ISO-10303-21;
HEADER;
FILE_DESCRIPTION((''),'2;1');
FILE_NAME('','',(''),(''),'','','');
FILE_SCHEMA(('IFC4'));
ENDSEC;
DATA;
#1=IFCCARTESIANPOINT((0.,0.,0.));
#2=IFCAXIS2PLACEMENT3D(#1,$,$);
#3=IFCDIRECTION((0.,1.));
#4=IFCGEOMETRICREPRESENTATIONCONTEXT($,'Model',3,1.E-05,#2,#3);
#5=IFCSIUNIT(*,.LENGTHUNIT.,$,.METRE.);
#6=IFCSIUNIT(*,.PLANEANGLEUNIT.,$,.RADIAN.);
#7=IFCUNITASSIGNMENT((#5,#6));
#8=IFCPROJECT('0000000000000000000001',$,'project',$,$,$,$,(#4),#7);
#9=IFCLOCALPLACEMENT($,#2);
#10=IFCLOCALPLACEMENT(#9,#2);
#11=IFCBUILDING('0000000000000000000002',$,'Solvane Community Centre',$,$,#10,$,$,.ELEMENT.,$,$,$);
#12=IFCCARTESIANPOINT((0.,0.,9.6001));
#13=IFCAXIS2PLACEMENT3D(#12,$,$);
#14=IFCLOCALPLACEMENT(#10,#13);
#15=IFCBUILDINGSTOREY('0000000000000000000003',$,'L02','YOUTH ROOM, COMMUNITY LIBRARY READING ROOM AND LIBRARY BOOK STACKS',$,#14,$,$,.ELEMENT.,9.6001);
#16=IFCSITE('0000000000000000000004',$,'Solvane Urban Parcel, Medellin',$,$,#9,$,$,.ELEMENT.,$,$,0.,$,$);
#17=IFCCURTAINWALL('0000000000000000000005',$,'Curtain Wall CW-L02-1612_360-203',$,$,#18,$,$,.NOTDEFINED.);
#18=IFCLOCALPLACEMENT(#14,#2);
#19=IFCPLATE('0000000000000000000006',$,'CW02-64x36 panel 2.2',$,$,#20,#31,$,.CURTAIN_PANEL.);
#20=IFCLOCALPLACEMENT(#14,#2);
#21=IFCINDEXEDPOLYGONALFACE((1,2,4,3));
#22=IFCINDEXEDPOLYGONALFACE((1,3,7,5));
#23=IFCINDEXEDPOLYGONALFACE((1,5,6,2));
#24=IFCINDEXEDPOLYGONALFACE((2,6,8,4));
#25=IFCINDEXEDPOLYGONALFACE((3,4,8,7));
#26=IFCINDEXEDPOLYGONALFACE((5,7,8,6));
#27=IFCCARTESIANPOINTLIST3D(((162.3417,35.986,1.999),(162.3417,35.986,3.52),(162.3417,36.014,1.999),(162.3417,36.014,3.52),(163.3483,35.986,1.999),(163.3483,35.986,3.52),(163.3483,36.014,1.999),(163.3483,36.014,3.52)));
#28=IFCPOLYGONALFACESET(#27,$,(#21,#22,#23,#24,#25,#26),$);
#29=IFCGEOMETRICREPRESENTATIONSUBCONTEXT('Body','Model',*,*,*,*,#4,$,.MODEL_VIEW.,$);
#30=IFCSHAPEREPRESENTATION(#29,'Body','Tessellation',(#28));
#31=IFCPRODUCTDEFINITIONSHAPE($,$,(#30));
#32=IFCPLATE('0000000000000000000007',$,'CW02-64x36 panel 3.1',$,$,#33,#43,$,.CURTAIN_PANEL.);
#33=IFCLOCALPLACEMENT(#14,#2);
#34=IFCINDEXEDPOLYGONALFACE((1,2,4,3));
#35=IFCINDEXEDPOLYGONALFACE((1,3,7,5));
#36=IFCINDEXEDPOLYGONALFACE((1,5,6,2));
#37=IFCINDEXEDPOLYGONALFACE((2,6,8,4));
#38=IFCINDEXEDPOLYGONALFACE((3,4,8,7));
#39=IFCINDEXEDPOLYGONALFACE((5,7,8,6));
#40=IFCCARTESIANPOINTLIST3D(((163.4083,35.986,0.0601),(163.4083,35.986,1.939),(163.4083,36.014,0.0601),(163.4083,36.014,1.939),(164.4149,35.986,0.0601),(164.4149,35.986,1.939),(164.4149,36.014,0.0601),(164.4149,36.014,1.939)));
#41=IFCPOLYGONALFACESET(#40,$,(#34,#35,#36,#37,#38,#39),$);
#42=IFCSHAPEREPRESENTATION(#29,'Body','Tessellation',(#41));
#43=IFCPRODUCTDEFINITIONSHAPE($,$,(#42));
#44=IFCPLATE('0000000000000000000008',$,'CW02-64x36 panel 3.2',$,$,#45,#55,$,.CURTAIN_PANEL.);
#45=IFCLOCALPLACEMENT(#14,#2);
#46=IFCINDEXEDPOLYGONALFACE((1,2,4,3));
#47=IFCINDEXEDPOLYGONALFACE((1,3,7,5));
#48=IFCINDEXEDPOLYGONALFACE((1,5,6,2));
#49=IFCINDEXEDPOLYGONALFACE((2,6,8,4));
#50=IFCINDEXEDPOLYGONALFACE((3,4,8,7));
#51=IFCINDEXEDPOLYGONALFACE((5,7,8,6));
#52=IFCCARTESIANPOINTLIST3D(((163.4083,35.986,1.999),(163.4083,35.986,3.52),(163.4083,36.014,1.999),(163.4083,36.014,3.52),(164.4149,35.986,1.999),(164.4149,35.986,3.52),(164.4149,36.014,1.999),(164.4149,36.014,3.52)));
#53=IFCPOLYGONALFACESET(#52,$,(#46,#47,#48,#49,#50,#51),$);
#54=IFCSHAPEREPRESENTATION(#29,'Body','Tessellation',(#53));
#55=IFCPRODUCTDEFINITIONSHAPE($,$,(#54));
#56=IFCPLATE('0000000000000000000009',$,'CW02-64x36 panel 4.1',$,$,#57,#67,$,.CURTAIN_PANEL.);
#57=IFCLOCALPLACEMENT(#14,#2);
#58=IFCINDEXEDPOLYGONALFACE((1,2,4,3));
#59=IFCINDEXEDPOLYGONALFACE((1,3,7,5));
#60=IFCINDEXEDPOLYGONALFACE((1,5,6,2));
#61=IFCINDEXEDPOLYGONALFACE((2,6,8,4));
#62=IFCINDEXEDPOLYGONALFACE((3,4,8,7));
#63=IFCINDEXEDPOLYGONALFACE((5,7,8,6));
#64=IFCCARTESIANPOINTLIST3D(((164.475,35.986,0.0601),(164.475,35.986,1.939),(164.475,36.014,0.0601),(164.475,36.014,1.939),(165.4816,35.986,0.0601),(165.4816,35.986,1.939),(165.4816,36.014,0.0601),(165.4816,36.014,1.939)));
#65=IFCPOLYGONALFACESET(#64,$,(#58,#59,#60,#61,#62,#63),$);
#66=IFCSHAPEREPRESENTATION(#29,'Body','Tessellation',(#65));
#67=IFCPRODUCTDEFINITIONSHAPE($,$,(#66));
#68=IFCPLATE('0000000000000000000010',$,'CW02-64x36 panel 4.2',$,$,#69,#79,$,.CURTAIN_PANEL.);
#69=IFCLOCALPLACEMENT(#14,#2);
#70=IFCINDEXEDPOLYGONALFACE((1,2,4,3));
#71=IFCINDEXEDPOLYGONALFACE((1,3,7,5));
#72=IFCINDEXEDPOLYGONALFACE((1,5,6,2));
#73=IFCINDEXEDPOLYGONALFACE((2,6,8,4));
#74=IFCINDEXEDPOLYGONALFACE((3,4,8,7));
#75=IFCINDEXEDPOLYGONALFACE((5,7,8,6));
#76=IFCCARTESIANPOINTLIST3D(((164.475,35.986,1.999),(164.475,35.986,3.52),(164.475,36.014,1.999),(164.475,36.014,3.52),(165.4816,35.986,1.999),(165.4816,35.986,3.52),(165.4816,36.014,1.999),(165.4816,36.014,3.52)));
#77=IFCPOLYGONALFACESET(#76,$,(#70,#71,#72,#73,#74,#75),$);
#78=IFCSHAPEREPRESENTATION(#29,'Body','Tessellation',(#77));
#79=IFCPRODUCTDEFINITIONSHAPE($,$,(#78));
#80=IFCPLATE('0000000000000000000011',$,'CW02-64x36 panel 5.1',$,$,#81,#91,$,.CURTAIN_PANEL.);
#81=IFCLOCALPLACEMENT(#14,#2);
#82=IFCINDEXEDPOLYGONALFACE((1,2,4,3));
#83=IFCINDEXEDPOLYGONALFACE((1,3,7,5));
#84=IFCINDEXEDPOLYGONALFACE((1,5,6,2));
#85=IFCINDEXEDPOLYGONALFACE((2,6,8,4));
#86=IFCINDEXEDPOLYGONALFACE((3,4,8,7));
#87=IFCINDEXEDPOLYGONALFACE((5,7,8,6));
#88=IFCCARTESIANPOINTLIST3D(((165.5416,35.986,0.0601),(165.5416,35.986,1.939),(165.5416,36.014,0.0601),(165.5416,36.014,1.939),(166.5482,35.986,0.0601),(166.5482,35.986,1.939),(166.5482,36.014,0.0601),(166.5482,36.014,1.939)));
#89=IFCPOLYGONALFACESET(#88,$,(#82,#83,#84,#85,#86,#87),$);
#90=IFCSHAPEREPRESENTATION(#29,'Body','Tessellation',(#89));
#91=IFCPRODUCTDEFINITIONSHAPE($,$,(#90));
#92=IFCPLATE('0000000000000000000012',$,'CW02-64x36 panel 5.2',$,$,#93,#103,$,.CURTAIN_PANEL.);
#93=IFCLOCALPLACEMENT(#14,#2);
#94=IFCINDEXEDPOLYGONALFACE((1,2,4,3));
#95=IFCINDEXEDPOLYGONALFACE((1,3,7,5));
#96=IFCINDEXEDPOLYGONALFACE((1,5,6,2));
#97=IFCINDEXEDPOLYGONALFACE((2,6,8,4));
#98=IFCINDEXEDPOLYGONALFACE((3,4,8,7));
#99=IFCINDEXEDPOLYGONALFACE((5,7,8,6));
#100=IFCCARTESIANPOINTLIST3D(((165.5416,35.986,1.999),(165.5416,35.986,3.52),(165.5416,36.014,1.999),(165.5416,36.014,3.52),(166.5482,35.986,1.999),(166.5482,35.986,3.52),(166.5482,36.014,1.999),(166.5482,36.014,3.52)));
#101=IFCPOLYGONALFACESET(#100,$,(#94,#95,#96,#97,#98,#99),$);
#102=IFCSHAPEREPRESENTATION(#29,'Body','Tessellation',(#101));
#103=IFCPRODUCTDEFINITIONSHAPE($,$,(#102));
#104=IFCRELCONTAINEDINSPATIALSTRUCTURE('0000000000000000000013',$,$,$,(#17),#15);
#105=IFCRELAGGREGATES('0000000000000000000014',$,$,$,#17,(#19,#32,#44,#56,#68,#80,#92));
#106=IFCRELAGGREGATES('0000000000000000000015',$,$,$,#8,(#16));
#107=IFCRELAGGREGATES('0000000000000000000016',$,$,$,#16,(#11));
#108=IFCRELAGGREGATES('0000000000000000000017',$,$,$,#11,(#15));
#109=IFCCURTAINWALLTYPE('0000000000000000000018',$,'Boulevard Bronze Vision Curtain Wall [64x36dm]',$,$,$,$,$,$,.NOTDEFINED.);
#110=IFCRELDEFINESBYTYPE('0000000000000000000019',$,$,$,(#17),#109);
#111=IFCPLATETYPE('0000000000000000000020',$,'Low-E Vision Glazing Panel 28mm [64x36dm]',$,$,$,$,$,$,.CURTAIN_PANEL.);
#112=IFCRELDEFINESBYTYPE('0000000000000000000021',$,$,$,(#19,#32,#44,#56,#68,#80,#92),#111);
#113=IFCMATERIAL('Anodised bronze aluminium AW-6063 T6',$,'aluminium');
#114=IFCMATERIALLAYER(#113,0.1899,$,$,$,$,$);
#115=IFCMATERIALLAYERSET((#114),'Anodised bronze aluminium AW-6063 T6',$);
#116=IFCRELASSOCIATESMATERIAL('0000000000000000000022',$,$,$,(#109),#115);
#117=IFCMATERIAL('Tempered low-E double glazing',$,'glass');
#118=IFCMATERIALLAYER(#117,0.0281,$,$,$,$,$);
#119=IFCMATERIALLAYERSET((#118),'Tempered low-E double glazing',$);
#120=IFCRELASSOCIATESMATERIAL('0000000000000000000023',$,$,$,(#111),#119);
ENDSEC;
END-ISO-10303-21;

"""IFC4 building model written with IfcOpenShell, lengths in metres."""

from ifc_helpers import new_model, si_unit, direction, frame, origin, origin_2d, place, context, subcontext, project, spatial, rectangle, extrude, material, layer, layer_set, type_object, element, aggregate, save


model = new_model("IFC4")

# Units and contexts
model_context = context("Model", 3, precision=1e-05, world=origin(), true_north=direction((0.0, 1.0)))
body_context = subcontext(model_context, "Body", "Model", "MODEL_VIEW")
ifc_project = project(units=[si_unit("LENGTHUNIT", "METRE"), si_unit("PLANEANGLEUNIT", "RADIAN")], contexts=[model_context])

# Site, building, storey
site_placement = place(None, origin())
site = spatial("IfcSite", under=ifc_project, at=site_placement, Name="Solvane Urban Parcel, Medellin", CompositionType="ELEMENT", RefElevation=0.0)
building_placement = place(site_placement, origin())
building = spatial("IfcBuilding", under=site, at=building_placement, Name="Solvane Community Centre", CompositionType="ELEMENT")
storey_placement = place(building_placement, frame((0.0, 0.0, 9.6001)))
storey = spatial("IfcBuildingStorey", under=building, at=storey_placement, Name="L02", Description="YOUTH ROOM, COMMUNITY LIBRARY READING ROOM AND LIBRARY BOOK STACKS", CompositionType="ELEMENT", Elevation=9.6001)

# Curtain wall, plates
ifc_material_1 = material(Name="Anodised bronze aluminium AW-6063 T6", Category="aluminium")
ifc_layer_1 = layer(ifc_material_1, 0.1899)
ifc_layer_set_1 = layer_set([ifc_layer_1], Name="Anodised bronze aluminium AW-6063 T6")
curtain_wall_type = type_object("IfcCurtainWallType", Name="Boulevard Bronze Vision Curtain Wall [64x36dm]", PredefinedType="NOTDEFINED", material=ifc_layer_set_1)
curtain_wall_placement = place(storey_placement, origin())
curtain_wall = element("IfcCurtainWall", 1, at=curtain_wall_placement, inside=storey, type_object=curtain_wall_type, Name="Curtain Wall CW-L02-1612_360-203", PredefinedType="NOTDEFINED")
ifc_material_2 = material(Name="Tempered low-E double glazing", Category="glass")
ifc_layer_2 = layer(ifc_material_2, 0.0281)
ifc_layer_set_2 = layer_set([ifc_layer_2], Name="Tempered low-E double glazing")
plate_type = type_object("IfcPlateType", Name="Low-E Vision Glazing Panel 28mm [64x36dm]", PredefinedType="CURTAIN_PANEL", material=ifc_layer_set_2)
plate_1_placement = place(storey_placement, frame((162.845, 36.0, 1.999), z_axis=(0.0, 0.0, 1.0), x_axis=(1.0, 0.0, 0.0)))
plate_1 = element("IfcPlate", 2, at=plate_1_placement, type_object=plate_type, Name="CW02-64x36 panel 2.2", PredefinedType="CURTAIN_PANEL", context=body_context, shape_type="SweptSolid", body=[
    extrude(rectangle(XDim=1.0066, YDim=0.0281, at=origin_2d()), origin(), (0.0, 0.0, 1.0), 1.521),
])
plate_2_placement = place(storey_placement, frame((163.9116, 36.0, 0.0601), z_axis=(0.0, 0.0, 1.0), x_axis=(1.0, 0.0, 0.0)))
plate_2 = element("IfcPlate", 3, at=plate_2_placement, type_object=plate_type, Name="CW02-64x36 panel 3.1", PredefinedType="CURTAIN_PANEL", context=body_context, shape_type="SweptSolid", body=[
    extrude(rectangle(XDim=1.0066, YDim=0.0281, at=origin_2d()), origin(), (0.0, 0.0, 1.0), 1.8789),
])
plate_3_placement = place(storey_placement, frame((163.9116, 36.0, 1.999), z_axis=(0.0, 0.0, 1.0), x_axis=(1.0, 0.0, 0.0)))
plate_3 = element("IfcPlate", 4, at=plate_3_placement, type_object=plate_type, Name="CW02-64x36 panel 3.2", PredefinedType="CURTAIN_PANEL", context=body_context, shape_type="SweptSolid", body=[
    extrude(rectangle(XDim=1.0066, YDim=0.0281, at=origin_2d()), origin(), (0.0, 0.0, 1.0), 1.521),
])
plate_4_placement = place(storey_placement, frame((164.9783, 36.0, 0.0601), z_axis=(0.0, 0.0, 1.0), x_axis=(1.0, 0.0, 0.0)))
plate_4 = element("IfcPlate", 5, at=plate_4_placement, type_object=plate_type, Name="CW02-64x36 panel 4.1", PredefinedType="CURTAIN_PANEL", context=body_context, shape_type="SweptSolid", body=[
    extrude(rectangle(XDim=1.0066, YDim=0.0281, at=origin_2d()), origin(), (0.0, 0.0, 1.0), 1.8789),
])
plate_5_placement = place(storey_placement, frame((164.9783, 36.0, 1.999), z_axis=(0.0, 0.0, 1.0), x_axis=(1.0, 0.0, 0.0)))
plate_5 = element("IfcPlate", 6, at=plate_5_placement, type_object=plate_type, Name="CW02-64x36 panel 4.2", PredefinedType="CURTAIN_PANEL", context=body_context, shape_type="SweptSolid", body=[
    extrude(rectangle(XDim=1.0066, YDim=0.0281, at=origin_2d()), origin(), (0.0, 0.0, 1.0), 1.521),
])
plate_6_placement = place(storey_placement, frame((166.0449, 36.0, 0.0601), z_axis=(0.0, 0.0, 1.0), x_axis=(1.0, 0.0, 0.0)))
plate_6 = element("IfcPlate", 7, at=plate_6_placement, type_object=plate_type, Name="CW02-64x36 panel 5.1", PredefinedType="CURTAIN_PANEL", context=body_context, shape_type="SweptSolid", body=[
    extrude(rectangle(XDim=1.0066, YDim=0.0281, at=origin_2d()), origin(), (0.0, 0.0, 1.0), 1.8789),
])
plate_7_placement = place(storey_placement, frame((166.0449, 36.0, 1.999), z_axis=(0.0, 0.0, 1.0), x_axis=(1.0, 0.0, 0.0)))
plate_7 = element("IfcPlate", 8, at=plate_7_placement, type_object=plate_type, Name="CW02-64x36 panel 5.2", PredefinedType="CURTAIN_PANEL", context=body_context, shape_type="SweptSolid", body=[
    extrude(rectangle(XDim=1.0066, YDim=0.0281, at=origin_2d()), origin(), (0.0, 0.0, 1.0), 1.521),
])
aggregate(curtain_wall, [plate_1, plate_2, plate_3, plate_4, plate_5, plate_6, plate_7])

save(model, "model.ifc")
